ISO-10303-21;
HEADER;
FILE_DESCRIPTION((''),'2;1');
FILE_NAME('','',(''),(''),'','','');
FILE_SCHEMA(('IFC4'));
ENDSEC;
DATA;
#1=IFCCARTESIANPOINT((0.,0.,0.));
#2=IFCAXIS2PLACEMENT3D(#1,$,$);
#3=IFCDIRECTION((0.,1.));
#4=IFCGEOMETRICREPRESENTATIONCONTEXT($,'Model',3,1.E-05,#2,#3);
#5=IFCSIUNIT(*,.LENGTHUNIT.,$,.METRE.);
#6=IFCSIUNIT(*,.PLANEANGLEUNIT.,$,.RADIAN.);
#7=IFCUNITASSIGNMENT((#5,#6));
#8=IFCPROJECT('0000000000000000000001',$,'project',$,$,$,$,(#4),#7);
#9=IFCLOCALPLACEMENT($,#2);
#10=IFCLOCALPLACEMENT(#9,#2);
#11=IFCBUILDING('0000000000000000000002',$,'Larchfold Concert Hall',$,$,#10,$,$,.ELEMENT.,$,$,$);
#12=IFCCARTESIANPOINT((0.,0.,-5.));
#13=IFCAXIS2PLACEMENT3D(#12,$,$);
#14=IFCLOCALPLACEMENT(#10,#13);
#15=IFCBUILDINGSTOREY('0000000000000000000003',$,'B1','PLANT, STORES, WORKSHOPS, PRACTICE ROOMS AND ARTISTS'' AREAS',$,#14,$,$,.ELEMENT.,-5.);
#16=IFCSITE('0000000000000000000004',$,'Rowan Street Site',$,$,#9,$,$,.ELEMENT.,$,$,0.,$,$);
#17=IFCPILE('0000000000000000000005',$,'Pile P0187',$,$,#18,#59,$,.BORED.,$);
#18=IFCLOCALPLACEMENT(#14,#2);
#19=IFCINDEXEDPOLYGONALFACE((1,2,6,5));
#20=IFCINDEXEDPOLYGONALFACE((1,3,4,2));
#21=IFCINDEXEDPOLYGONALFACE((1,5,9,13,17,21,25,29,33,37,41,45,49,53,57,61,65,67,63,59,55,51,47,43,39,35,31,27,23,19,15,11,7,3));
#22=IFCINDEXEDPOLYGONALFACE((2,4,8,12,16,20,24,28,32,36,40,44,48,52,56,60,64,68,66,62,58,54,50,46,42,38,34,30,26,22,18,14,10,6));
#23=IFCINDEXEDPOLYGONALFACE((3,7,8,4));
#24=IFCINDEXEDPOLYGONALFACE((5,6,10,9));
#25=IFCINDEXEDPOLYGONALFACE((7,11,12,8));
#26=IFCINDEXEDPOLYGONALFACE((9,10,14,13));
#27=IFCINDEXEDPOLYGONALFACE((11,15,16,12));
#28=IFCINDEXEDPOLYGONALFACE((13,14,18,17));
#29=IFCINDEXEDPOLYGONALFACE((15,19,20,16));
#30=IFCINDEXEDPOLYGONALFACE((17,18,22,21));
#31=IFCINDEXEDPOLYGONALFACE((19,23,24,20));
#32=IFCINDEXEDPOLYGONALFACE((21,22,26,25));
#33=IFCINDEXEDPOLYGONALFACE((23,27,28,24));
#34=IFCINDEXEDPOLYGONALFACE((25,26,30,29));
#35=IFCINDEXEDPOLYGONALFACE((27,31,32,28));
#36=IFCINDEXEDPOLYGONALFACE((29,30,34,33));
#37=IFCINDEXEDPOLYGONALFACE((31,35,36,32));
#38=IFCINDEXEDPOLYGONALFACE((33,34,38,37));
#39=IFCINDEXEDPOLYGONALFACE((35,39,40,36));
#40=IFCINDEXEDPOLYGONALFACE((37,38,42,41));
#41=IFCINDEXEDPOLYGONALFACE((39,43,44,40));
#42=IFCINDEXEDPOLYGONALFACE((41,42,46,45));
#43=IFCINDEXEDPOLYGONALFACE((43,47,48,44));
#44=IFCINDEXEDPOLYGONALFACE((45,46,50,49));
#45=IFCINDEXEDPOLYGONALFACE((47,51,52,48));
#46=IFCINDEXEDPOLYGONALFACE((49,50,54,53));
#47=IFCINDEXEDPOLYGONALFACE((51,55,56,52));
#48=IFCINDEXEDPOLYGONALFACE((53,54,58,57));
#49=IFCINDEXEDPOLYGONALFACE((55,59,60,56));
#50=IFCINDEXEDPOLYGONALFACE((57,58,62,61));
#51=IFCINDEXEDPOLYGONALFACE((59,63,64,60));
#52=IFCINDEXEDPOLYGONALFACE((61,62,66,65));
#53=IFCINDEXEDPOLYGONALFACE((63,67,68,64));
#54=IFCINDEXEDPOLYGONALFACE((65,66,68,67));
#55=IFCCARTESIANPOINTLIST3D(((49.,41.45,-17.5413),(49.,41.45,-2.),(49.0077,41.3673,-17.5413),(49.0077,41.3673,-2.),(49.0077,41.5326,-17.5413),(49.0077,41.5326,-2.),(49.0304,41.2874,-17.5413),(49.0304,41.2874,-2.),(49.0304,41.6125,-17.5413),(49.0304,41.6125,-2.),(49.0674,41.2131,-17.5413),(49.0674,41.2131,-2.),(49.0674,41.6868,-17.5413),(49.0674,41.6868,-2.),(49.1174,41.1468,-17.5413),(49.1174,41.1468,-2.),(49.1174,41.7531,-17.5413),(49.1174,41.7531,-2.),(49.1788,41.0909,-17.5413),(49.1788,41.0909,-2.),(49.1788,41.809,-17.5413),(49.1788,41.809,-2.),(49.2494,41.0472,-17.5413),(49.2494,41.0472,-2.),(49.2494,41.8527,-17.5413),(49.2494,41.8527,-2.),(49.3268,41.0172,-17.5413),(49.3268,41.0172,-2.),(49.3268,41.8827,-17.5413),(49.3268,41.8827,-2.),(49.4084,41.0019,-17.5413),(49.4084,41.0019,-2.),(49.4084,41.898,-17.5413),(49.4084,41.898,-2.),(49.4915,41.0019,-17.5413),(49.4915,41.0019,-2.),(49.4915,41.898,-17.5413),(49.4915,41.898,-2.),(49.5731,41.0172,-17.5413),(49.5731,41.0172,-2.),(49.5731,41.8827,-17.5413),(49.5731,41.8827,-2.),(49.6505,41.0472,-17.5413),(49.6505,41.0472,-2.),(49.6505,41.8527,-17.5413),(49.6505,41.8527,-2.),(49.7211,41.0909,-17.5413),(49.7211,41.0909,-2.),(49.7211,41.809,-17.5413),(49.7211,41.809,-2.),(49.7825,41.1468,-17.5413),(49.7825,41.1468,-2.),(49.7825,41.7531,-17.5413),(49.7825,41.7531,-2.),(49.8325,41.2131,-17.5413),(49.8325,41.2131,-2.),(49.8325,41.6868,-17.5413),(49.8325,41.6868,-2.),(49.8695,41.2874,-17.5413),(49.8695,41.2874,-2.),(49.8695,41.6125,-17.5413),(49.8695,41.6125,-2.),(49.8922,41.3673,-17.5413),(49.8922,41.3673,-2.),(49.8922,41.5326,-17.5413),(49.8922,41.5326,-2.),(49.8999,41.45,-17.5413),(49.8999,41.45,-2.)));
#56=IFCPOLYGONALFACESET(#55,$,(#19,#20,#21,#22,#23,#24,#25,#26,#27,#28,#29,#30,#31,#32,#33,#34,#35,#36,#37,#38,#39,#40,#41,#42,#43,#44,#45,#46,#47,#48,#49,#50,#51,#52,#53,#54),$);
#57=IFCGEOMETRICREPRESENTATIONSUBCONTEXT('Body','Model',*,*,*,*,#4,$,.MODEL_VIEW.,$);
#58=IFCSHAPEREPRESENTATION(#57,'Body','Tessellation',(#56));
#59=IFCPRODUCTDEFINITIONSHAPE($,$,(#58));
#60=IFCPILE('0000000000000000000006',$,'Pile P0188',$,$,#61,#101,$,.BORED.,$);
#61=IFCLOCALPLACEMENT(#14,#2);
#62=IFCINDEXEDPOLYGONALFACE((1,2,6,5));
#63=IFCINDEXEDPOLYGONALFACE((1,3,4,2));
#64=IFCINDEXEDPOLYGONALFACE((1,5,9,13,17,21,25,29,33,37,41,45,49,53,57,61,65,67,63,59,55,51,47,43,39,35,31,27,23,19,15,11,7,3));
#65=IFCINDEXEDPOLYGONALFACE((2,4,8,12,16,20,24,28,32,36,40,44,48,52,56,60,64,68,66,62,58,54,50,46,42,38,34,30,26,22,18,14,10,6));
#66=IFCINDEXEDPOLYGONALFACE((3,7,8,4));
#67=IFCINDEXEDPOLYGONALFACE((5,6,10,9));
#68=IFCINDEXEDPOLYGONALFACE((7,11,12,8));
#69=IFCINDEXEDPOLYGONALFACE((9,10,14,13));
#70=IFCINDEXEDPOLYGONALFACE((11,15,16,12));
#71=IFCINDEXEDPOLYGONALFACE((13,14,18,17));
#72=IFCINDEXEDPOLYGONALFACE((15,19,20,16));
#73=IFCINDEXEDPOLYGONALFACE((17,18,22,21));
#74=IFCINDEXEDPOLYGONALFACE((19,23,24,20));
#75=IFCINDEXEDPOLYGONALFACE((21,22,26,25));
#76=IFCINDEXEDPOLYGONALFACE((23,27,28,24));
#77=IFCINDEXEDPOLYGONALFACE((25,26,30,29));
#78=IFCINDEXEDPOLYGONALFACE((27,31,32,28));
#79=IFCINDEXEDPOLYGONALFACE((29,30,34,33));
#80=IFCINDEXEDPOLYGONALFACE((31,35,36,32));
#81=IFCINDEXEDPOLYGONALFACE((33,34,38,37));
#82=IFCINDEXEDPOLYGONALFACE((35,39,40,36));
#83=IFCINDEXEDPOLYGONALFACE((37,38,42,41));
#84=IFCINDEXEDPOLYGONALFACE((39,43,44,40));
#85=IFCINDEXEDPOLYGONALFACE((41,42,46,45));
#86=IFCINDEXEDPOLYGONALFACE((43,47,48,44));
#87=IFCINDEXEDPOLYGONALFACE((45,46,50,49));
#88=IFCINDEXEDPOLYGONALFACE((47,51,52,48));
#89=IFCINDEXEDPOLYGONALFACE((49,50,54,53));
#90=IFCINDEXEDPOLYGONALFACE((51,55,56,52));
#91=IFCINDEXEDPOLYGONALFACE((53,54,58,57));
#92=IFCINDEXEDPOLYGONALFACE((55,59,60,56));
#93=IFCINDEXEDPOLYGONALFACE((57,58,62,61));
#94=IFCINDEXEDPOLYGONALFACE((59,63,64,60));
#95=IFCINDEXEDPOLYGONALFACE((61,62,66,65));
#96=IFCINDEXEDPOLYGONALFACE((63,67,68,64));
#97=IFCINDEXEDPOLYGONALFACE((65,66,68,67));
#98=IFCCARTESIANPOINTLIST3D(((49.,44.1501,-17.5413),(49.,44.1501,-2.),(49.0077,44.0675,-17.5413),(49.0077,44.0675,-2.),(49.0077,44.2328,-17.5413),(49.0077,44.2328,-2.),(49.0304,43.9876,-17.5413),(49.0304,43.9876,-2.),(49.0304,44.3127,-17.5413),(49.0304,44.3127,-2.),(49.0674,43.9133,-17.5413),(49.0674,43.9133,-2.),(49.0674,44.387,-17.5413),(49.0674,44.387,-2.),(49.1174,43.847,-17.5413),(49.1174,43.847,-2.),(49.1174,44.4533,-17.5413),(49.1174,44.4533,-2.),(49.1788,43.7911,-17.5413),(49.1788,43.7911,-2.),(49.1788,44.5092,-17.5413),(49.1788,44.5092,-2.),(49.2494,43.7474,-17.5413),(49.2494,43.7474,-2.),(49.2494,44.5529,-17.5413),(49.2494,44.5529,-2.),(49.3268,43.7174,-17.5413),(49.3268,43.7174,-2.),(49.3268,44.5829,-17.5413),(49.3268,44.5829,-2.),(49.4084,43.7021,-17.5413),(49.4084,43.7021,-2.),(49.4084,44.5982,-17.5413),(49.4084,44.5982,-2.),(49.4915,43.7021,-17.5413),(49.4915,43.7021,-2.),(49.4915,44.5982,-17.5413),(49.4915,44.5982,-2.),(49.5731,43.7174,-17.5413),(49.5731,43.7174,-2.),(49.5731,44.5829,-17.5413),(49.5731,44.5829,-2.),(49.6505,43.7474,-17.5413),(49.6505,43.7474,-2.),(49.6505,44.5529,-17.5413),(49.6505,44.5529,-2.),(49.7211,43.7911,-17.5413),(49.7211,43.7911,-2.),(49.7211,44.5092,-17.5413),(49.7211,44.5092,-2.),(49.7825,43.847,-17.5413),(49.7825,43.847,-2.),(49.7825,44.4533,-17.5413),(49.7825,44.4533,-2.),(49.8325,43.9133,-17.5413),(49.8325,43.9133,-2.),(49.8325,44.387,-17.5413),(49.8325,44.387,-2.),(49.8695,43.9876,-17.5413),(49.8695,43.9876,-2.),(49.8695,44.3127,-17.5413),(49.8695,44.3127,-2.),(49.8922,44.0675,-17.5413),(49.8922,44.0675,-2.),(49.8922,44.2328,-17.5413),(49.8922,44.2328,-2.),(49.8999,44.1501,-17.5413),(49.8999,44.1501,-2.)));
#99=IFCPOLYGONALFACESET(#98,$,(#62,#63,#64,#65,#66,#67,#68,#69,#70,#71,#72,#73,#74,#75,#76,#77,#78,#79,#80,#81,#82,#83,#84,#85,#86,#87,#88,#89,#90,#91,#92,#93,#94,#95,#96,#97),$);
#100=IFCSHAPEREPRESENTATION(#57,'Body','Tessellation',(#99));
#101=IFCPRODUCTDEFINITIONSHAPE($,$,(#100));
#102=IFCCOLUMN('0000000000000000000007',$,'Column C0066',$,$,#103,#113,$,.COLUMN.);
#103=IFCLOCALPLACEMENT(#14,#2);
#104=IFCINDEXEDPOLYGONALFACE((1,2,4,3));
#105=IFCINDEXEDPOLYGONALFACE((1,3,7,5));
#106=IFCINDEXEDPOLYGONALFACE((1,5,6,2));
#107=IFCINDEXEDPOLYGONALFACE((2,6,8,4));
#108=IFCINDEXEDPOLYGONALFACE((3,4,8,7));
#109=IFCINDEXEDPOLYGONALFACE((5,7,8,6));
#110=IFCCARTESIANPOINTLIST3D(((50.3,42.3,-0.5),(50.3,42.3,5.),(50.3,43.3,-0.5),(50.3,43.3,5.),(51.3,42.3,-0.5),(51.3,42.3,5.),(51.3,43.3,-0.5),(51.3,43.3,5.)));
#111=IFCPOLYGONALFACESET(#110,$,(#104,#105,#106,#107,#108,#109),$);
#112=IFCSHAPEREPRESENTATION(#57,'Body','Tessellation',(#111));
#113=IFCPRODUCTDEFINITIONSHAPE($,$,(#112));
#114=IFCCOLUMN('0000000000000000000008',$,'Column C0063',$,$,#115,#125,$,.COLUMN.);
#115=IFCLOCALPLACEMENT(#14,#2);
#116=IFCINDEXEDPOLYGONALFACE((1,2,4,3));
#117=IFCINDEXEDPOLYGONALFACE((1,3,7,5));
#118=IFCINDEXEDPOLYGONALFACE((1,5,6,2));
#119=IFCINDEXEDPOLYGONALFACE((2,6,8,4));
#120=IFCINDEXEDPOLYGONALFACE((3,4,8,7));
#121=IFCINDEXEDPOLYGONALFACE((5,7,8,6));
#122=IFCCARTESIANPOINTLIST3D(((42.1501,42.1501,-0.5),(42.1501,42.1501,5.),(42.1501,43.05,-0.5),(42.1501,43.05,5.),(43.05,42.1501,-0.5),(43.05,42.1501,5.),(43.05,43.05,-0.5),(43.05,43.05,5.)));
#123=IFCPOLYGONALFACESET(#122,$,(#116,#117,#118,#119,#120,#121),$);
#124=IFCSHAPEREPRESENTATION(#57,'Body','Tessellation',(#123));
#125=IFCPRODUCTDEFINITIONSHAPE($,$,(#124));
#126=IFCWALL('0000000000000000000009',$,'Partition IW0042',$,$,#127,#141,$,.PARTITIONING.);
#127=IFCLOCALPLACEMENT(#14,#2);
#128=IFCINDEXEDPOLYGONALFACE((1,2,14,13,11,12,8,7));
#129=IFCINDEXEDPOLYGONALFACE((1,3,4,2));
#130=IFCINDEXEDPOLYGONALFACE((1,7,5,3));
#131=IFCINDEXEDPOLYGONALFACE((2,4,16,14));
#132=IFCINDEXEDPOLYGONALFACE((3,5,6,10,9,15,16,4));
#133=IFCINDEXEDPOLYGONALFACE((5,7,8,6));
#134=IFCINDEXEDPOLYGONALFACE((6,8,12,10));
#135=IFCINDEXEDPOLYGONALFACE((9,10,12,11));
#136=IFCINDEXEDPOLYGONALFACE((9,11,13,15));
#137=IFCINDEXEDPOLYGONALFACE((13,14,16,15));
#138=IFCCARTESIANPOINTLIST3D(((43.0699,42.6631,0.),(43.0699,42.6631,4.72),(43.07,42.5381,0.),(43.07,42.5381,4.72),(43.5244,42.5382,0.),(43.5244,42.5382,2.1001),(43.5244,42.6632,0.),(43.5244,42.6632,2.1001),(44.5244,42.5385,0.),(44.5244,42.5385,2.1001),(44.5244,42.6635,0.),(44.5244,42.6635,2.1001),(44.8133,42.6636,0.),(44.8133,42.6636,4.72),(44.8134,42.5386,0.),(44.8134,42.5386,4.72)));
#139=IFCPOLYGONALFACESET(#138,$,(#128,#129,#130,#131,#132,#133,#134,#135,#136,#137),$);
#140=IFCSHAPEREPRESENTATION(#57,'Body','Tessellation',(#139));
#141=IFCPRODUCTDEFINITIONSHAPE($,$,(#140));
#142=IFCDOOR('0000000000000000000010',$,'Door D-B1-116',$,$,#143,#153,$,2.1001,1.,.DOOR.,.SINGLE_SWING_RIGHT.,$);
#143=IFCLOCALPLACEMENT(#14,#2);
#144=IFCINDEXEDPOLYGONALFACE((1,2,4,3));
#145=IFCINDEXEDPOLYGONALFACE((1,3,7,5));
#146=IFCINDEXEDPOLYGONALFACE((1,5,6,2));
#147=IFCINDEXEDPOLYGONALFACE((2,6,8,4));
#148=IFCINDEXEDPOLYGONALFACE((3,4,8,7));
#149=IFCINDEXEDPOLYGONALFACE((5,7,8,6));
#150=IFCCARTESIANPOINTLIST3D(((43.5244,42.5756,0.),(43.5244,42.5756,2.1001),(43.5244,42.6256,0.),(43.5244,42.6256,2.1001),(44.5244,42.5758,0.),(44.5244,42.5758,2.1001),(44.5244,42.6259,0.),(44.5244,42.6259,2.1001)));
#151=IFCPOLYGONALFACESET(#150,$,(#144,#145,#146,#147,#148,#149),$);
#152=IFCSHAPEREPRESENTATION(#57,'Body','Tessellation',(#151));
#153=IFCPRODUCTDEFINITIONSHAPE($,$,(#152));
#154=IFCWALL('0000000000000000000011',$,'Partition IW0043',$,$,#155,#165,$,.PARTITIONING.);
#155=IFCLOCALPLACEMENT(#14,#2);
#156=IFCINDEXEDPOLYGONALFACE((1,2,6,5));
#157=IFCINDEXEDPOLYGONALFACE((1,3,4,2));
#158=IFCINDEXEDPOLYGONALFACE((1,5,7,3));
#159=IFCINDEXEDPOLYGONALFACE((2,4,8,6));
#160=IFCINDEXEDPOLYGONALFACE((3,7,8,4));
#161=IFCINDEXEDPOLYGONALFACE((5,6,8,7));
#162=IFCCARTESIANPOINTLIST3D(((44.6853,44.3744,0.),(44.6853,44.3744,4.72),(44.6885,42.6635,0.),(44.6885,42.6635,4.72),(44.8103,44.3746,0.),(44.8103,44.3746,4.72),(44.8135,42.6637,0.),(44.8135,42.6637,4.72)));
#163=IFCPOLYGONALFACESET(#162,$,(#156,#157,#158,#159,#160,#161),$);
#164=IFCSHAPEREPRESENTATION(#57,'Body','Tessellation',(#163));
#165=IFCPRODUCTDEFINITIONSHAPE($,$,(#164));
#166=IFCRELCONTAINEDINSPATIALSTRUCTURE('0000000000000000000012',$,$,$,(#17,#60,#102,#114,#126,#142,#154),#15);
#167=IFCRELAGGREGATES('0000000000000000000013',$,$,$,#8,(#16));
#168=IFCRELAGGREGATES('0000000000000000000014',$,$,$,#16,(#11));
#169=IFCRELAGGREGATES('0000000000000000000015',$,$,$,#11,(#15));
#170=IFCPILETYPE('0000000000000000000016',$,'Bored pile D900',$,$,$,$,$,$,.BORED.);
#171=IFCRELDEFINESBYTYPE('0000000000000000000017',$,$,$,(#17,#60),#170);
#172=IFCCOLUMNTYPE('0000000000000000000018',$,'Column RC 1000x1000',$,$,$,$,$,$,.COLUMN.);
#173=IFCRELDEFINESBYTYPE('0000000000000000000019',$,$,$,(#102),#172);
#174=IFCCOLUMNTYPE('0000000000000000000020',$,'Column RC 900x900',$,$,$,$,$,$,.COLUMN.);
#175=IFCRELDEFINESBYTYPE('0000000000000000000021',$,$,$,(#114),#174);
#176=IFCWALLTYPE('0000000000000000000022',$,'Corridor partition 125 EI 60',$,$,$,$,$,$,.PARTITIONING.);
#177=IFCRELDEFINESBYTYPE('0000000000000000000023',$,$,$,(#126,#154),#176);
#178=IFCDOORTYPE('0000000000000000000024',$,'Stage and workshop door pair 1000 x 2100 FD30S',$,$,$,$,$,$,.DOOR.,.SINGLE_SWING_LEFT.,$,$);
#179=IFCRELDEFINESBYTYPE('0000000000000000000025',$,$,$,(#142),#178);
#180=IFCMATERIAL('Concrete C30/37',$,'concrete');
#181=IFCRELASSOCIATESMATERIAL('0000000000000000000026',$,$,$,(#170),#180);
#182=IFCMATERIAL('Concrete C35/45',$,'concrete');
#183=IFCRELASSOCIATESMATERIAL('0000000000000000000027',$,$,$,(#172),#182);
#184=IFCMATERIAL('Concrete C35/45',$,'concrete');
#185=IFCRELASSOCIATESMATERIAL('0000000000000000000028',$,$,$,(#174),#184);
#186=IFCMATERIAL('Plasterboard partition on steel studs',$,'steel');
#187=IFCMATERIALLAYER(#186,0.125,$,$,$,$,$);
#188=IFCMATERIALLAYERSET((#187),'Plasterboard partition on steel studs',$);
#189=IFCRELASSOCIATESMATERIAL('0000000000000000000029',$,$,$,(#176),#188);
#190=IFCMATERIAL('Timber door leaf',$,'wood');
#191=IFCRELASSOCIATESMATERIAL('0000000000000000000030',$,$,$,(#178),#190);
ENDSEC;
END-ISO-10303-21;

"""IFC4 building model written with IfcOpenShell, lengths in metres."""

from ifc_helpers import new_model, si_unit, direction, frame, frame_2d, origin, origin_2d, place, context, subcontext, project, spatial, rectangle, circle, extrude, material, layer, layer_set, material_profile, profile_set, type_object, element, fill, save


model = new_model("IFC4")

# Units and contexts
model_context = context("Model", 3, precision=1e-05, world=origin(), true_north=direction((0.0, 1.0)))
body_context = subcontext(model_context, "Body", "Model", "MODEL_VIEW")
ifc_project = project(units=[si_unit("LENGTHUNIT", "METRE"), si_unit("PLANEANGLEUNIT", "RADIAN")], contexts=[model_context])

# Site, building, storey
site_placement = place(None, origin())
site = spatial("IfcSite", under=ifc_project, at=site_placement, Name="Rowan Street Site", CompositionType="ELEMENT", RefElevation=0.0)
building_placement = place(site_placement, origin())
building = spatial("IfcBuilding", under=site, at=building_placement, Name="Larchfold Concert Hall", CompositionType="ELEMENT")
storey_placement = place(building_placement, frame((0.0, 0.0, -5.0)))
storey = spatial("IfcBuildingStorey", under=building, at=storey_placement, Name="B1", Description="PLANT, STORES, WORKSHOPS, PRACTICE ROOMS AND ARTISTS' AREAS", CompositionType="ELEMENT", Elevation=-5.0)

# Piles
ifc_material_1 = material(Name="Concrete C30/37", Category="concrete")
ifc_material_profile_1 = material_profile(ifc_material_1, circle(Radius=0.45, at=origin_2d()))
ifc_profile_set_1 = profile_set([ifc_material_profile_1], Name="Concrete C30/37")
pile_type_1 = type_object("IfcPileType", Name="Bored pile D900", PredefinedType="BORED", material=ifc_profile_set_1)
for number, where, z_axis, x_axis, name in (
    (1, (49.45, 41.45, -2.0), (0.0, 0.0, -1.0), (1.0, 0.0, 0.0), "Pile P0187"),
    (2, (49.45, 44.1501, -2.0), (0.0, 0.0, -1.0), (1.0, 0.0, 0.0), "Pile P0188"),
):
    element("IfcPile", number, at=place(storey_placement, frame(where, z_axis=z_axis, x_axis=x_axis)), inside=storey, type_object=pile_type_1, Name=name, PredefinedType="BORED", context=body_context, shape_type="SweptSolid", body=[
        extrude(circle(Radius=0.45, at=origin_2d()), origin(), (0.0, 0.0, 1.0), 15.5413),
    ])

# Columns
ifc_material_2 = material(Name="Concrete C35/45", Category="concrete")
ifc_material_profile_2 = material_profile(ifc_material_2, rectangle(XDim=1.0, YDim=1.0, at=origin_2d()))
ifc_profile_set_2 = profile_set([ifc_material_profile_2], Name="Concrete C35/45")
column_type_1 = type_object("IfcColumnType", Name="Column RC 1000x1000", PredefinedType="COLUMN", material=ifc_profile_set_2)
column_1_placement = place(storey_placement, frame((50.8, 42.8, -0.5), z_axis=(0.0, 0.0, 1.0), x_axis=(1.0, 0.0, 0.0)))
element("IfcColumn", 3, at=column_1_placement, inside=storey, type_object=column_type_1, Name="Column C0066", PredefinedType="COLUMN", context=body_context, shape_type="SweptSolid", body=[
    extrude(rectangle(XDim=1.0, YDim=1.0, at=origin_2d()), origin(), (0.0, 0.0, 1.0), 5.5),
])
ifc_material_3 = material(Name="Concrete C35/45", Category="concrete")
ifc_material_profile_3 = material_profile(ifc_material_3, rectangle(XDim=0.8999, YDim=0.8999, at=origin_2d()))
ifc_profile_set_3 = profile_set([ifc_material_profile_3], Name="Concrete C35/45")
column_type_2 = type_object("IfcColumnType", Name="Column RC 900x900", PredefinedType="COLUMN", material=ifc_profile_set_3)
column_2_placement = place(storey_placement, frame((42.6001, 42.6001, -0.5), z_axis=(0.0, 0.0, 1.0), x_axis=(1.0, 0.0, 0.0)))
element("IfcColumn", 4, at=column_2_placement, inside=storey, type_object=column_type_2, Name="Column C0063", PredefinedType="COLUMN", context=body_context, shape_type="SweptSolid", body=[
    extrude(rectangle(XDim=0.8999, YDim=0.8999, at=origin_2d()), origin(), (0.0, 0.0, 1.0), 5.5),
])

# Wall, opening, door
ifc_material_4 = material(Name="Plasterboard partition on steel studs", Category="steel")
ifc_layer_1 = layer(ifc_material_4, 0.125)
ifc_layer_set_1 = layer_set([ifc_layer_1], Name="Plasterboard partition on steel studs")
wall_type_1 = type_object("IfcWallType", Name="Corridor partition 125 EI 60", PredefinedType="PARTITIONING", material=ifc_layer_set_1)
wall_1_placement = place(storey_placement, frame((43.0701, 42.6006, 0.0), z_axis=(0.0, 0.0, 1.0), x_axis=(1.0, 0.00028, 0.0)))
wall_1 = element("IfcWall", 5, at=wall_1_placement, inside=storey, type_object=wall_type_1, Name="Partition IW0042", PredefinedType="PARTITIONING", context=body_context, shape_type="SweptSolid", body=[
    extrude(rectangle(XDim=1.7434, YDim=0.125, at=frame_2d((0.8716, 0.0))), origin(), (0.0, 0.0, 1.0), 4.72),
])
opening_1_placement = place(wall_1_placement, frame((0.4543, 0.0, 0.0)))
opening_1 = element("IfcOpeningElement", 6, at=opening_1_placement, cuts=wall_1, PredefinedType="OPENING", context=body_context, shape_type="SweptSolid", body=[
    extrude(rectangle(XDim=1.0, YDim=2.1001, at=frame_2d((0.5, 1.05))), frame((0.0, 0.0725, 0.0), z_axis=(0.0, -1.0, 0.0), x_axis=(1.0, 0.0, 0.0)), (0.0, 0.0, 1.0), 0.145),
])
ifc_material_5 = material(Name="Timber door leaf", Category="wood")
door_type_1 = type_object("IfcDoorType", Name="Stage and workshop door pair 1000 x 2100 FD30S", OperationType="SINGLE_SWING_LEFT", PredefinedType="DOOR", material=ifc_material_5)
door_1_placement = place(opening_1_placement, origin())
door_1 = element("IfcDoor", 7, at=door_1_placement, inside=storey, type_object=door_type_1, Name="Door D-B1-116", OperationType="SINGLE_SWING_RIGHT", OverallHeight=2.1001, OverallWidth=1.0, PredefinedType="DOOR", context=body_context, shape_type="SweptSolid", body=[
    extrude(rectangle(XDim=1.0, YDim=2.1001, at=frame_2d((0.5, 1.05))), frame((0.0, 0.0249, 0.0), z_axis=(0.0, -1.0, 0.0), x_axis=(1.0, 0.0, 0.0)), (0.0, 0.0, 1.0), 0.05),
])
fill(opening_1, door_1)

# Wall
wall_2_placement = place(storey_placement, frame((44.751, 42.6636, 0.0), z_axis=(0.0, 0.0, 1.0), x_axis=(-0.001855, 0.999998, 0.0)))
element("IfcWall", 8, at=wall_2_placement, inside=storey, type_object=wall_type_1, Name="Partition IW0043", PredefinedType="PARTITIONING", context=body_context, shape_type="SweptSolid", body=[
    extrude(rectangle(XDim=1.7109, YDim=0.125, at=frame_2d((0.8555, 0.0))), origin(), (0.0, 0.0, 1.0), 4.72),
])

save(model, "model.ifc")
